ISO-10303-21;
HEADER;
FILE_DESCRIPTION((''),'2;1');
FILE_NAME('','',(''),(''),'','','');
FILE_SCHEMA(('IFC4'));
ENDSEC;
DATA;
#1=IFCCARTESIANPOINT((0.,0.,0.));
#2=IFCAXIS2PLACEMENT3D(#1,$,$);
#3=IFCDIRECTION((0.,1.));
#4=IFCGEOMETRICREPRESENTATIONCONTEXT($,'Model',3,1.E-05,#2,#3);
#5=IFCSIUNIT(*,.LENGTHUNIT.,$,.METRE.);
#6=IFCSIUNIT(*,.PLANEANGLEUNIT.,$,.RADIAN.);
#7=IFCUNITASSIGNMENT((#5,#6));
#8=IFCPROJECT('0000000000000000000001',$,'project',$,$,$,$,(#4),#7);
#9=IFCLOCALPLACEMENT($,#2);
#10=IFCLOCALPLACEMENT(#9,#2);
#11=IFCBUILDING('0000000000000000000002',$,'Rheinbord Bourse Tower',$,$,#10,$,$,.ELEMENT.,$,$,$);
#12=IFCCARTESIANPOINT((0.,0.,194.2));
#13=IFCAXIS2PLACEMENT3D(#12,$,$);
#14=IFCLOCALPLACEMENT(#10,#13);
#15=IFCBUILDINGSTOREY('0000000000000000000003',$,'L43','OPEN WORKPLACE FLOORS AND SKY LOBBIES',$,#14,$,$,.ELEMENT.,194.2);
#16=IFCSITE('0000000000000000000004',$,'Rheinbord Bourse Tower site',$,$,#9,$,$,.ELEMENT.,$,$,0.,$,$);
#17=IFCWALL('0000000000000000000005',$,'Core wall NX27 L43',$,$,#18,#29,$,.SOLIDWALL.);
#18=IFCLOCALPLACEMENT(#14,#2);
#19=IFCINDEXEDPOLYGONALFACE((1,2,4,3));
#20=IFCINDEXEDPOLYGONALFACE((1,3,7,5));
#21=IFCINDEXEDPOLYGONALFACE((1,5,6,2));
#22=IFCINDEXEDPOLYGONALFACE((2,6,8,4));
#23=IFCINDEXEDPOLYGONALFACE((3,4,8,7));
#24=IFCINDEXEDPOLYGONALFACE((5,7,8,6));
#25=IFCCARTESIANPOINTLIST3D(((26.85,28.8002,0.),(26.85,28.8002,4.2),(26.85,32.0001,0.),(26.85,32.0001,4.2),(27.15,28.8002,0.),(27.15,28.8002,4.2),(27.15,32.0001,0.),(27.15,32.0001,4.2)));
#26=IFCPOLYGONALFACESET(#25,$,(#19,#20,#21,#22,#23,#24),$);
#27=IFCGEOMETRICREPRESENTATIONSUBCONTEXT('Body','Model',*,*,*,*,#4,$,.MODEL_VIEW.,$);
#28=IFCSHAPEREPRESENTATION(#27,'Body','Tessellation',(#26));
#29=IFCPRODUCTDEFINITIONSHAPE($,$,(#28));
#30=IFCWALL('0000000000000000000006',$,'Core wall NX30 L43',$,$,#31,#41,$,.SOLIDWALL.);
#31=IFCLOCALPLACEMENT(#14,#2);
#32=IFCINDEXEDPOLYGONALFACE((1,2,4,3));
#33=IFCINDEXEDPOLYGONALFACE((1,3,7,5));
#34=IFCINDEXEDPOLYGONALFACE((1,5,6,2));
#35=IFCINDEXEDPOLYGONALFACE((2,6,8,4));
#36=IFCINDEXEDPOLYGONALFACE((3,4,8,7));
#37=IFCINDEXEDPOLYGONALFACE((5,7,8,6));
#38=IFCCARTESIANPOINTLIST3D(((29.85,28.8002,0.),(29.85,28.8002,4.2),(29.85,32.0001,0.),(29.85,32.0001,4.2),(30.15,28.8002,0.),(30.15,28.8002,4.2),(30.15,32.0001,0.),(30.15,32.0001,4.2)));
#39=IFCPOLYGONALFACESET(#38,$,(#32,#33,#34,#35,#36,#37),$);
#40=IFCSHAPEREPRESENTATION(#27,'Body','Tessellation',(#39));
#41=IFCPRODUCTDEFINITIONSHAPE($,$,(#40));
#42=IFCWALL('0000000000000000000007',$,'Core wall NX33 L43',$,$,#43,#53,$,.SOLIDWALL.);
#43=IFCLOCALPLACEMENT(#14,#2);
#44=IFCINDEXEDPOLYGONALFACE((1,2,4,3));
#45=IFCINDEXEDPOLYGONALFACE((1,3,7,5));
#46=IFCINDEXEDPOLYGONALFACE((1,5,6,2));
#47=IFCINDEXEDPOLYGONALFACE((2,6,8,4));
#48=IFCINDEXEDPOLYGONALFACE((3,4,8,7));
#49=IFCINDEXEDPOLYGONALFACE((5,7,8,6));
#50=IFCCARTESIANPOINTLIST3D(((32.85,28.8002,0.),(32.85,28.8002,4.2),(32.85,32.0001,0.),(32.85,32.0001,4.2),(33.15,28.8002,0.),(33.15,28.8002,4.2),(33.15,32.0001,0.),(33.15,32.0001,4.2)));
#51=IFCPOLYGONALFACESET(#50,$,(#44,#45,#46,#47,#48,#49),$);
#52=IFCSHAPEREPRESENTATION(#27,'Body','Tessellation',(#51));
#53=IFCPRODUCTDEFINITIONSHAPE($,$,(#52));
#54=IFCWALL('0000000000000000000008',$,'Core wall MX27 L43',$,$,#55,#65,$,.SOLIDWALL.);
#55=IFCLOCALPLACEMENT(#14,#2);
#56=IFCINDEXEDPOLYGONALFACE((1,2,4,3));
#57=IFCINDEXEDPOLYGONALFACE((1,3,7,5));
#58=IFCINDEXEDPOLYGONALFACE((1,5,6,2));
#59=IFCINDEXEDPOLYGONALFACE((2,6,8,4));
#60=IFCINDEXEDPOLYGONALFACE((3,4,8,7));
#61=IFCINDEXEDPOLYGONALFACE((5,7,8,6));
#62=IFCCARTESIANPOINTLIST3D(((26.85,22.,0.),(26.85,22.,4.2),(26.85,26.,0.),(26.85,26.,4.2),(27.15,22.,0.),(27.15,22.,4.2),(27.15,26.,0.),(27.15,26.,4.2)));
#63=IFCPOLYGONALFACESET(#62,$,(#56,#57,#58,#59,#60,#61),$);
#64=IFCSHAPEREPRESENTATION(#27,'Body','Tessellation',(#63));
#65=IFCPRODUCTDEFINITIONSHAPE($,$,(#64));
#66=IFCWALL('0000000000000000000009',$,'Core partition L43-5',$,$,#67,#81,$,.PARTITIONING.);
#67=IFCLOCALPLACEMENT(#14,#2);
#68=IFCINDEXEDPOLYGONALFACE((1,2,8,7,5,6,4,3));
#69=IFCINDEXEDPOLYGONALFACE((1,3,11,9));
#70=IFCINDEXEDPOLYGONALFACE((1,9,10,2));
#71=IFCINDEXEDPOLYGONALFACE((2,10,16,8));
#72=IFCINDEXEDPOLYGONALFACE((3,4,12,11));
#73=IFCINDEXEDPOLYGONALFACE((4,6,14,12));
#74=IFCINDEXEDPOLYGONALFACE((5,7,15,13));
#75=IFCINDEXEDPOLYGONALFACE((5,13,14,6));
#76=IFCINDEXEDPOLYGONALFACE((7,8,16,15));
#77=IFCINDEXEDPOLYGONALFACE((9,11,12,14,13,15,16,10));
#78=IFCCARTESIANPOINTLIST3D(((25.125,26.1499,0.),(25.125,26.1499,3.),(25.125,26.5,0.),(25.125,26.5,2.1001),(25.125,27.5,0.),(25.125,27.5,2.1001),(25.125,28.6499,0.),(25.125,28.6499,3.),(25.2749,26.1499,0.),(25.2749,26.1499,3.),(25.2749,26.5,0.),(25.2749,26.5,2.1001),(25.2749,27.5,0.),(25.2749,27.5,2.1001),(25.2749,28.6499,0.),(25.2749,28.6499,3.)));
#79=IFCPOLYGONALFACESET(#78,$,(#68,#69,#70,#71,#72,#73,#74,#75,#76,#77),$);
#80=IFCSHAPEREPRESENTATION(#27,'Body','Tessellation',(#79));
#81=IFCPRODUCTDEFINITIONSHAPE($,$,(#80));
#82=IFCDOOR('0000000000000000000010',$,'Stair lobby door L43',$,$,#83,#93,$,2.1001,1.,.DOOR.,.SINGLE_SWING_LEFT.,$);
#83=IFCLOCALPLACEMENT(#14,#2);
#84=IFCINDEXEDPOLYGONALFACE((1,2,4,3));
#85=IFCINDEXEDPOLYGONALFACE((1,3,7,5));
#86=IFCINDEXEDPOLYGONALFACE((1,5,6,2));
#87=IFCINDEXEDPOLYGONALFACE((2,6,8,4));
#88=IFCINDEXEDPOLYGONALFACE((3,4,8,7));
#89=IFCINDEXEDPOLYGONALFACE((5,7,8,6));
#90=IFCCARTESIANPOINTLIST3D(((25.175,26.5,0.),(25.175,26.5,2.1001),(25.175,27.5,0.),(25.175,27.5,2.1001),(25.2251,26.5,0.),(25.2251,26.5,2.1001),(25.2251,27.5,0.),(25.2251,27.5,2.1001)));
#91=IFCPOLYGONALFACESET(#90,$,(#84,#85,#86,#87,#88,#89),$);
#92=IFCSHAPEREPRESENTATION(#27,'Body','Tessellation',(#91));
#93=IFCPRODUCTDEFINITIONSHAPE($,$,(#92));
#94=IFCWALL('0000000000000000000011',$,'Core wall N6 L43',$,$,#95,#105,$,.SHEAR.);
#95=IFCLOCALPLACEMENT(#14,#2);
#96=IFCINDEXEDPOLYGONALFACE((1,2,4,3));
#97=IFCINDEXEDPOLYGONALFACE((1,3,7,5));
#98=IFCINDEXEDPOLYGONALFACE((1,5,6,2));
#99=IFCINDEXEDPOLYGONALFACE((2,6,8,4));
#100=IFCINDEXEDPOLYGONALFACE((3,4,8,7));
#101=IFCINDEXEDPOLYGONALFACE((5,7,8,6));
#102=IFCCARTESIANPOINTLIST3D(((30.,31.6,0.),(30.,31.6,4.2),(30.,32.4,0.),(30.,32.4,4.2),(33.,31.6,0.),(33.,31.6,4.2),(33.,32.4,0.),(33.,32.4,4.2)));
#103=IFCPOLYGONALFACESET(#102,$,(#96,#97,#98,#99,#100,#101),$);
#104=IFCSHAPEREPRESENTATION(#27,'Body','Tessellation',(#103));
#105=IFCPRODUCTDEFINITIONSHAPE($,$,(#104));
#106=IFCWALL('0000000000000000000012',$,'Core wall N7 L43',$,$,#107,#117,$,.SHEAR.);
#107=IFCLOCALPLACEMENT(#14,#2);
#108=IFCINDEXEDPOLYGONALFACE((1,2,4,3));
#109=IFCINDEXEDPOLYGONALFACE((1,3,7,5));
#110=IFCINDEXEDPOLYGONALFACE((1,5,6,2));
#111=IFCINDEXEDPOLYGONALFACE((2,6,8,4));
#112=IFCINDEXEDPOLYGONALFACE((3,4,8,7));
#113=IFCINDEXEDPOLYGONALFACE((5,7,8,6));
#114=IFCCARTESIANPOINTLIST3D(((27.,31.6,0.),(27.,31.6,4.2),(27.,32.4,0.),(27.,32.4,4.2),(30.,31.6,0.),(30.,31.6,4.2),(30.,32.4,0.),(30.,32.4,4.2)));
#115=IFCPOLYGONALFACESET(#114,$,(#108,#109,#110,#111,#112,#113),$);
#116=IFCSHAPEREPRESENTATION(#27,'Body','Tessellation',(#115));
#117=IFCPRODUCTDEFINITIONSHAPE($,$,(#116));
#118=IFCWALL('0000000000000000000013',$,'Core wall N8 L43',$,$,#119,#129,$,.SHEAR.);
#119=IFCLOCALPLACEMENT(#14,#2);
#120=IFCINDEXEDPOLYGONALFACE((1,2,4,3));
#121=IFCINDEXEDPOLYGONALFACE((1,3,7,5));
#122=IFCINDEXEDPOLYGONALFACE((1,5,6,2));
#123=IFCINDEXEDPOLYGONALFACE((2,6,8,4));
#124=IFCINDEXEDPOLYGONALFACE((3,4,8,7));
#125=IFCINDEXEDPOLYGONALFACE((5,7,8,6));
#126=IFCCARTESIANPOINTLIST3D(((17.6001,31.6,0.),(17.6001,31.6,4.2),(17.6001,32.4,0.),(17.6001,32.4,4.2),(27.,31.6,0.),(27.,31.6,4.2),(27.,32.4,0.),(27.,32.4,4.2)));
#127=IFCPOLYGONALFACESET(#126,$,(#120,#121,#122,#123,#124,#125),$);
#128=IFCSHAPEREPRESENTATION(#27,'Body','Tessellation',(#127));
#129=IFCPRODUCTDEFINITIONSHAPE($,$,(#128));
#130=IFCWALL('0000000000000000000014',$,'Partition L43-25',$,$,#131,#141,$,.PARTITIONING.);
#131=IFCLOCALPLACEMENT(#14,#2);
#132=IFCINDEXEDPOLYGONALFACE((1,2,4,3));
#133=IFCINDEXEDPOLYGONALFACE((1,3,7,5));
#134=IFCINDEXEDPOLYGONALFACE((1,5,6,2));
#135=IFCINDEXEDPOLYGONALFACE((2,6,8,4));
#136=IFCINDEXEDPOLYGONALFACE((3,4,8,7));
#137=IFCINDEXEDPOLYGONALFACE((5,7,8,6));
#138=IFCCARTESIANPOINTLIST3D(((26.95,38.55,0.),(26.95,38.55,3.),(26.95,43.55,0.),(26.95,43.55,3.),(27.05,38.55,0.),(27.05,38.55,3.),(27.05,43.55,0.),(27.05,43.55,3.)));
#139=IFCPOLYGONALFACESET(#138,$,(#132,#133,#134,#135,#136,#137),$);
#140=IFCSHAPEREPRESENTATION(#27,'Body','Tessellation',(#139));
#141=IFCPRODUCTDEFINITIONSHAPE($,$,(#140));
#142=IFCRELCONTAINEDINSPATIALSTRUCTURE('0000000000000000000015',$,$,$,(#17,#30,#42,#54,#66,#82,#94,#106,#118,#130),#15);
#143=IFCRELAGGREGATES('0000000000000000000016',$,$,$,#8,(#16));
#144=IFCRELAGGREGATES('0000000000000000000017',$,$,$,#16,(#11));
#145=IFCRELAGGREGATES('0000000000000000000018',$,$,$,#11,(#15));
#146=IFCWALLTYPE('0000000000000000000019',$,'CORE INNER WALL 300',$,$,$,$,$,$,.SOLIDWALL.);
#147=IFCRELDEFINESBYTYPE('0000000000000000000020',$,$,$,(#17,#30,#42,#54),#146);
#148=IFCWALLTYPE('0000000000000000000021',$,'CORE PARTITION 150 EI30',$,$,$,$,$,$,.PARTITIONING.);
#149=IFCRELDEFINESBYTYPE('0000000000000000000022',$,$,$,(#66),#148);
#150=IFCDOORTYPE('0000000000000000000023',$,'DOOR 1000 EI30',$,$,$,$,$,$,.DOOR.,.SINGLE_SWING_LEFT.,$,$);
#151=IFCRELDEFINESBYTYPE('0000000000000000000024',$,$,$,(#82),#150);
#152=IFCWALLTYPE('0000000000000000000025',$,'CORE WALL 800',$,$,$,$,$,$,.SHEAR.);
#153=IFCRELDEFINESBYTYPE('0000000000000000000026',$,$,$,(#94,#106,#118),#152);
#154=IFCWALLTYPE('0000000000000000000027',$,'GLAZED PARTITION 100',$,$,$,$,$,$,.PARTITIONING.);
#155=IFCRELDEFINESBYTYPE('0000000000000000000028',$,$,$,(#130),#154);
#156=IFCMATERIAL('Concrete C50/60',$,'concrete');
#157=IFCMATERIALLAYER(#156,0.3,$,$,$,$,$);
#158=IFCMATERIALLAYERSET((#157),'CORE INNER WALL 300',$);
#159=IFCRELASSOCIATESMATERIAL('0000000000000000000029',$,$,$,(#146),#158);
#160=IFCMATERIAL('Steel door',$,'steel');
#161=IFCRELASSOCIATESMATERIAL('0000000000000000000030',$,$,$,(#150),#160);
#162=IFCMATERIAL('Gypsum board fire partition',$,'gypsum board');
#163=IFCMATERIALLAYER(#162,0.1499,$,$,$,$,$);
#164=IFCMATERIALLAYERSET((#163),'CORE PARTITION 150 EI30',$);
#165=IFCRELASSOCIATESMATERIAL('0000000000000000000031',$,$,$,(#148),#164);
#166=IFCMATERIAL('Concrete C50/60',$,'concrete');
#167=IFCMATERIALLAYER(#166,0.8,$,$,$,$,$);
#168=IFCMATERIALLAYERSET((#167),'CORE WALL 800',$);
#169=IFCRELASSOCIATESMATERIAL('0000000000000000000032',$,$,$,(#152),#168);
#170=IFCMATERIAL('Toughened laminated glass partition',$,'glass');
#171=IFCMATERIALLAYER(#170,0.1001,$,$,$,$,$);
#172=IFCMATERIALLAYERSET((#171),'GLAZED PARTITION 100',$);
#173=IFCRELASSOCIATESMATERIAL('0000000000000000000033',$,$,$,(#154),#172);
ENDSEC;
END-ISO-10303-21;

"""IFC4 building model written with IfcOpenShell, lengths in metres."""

from ifc_helpers import new_model, si_unit, direction, frame, frame_2d, origin, place, context, subcontext, project, spatial, rectangle, extrude, material, layer, layer_set, type_object, element, fill, save


model = new_model("IFC4")

# Units and contexts
model_context = context("Model", 3, precision=1e-05, world=origin(), true_north=direction((0.0, 1.0)))
body_context = subcontext(model_context, "Body", "Model", "MODEL_VIEW")
ifc_project = project(units=[si_unit("LENGTHUNIT", "METRE"), si_unit("PLANEANGLEUNIT", "RADIAN")], contexts=[model_context])

# Site, building, storey
site_placement = place(None, origin())
site = spatial("IfcSite", under=ifc_project, at=site_placement, Name="Rheinbord Bourse Tower site", CompositionType="ELEMENT", RefElevation=0.0)
building_placement = place(site_placement, origin())
building = spatial("IfcBuilding", under=site, at=building_placement, Name="Rheinbord Bourse Tower", CompositionType="ELEMENT")
storey_placement = place(building_placement, frame((0.0, 0.0, 194.2)))
storey = spatial("IfcBuildingStorey", under=building, at=storey_placement, Name="L43", Description="OPEN WORKPLACE FLOORS AND SKY LOBBIES", CompositionType="ELEMENT", Elevation=194.2)

# Shared definitions
ifc_material_1 = material(Name="Concrete C50/60", Category="concrete")
ifc_layer_1 = layer(ifc_material_1, 0.3)
ifc_layer_set_1 = layer_set([ifc_layer_1], Name="CORE INNER WALL 300")
wall_type_1 = type_object("IfcWallType", Name="CORE INNER WALL 300", PredefinedType="SOLIDWALL", material=ifc_layer_set_1)
ifc_material_2 = material(Name="Steel door", Category="steel")
door_type_1 = type_object("IfcDoorType", Name="DOOR 1000 EI30", OperationType="SINGLE_SWING_LEFT", PredefinedType="DOOR", material=ifc_material_2)

# Walls
for number, where, z_axis, x_axis, name in (
    (1, (27.0, 28.8, 0.0), (0.0, 0.0, 1.0), (0.0, 1.0, 0.0), "Core wall NX27 L43"),
    (2, (30.0, 28.8, 0.0), (0.0, 0.0, 1.0), (0.0, 1.0, 0.0), "Core wall NX30 L43"),
    (3, (33.0, 28.8, 0.0), (0.0, 0.0, 1.0), (0.0, 1.0, 0.0), "Core wall NX33 L43"),
):
    element("IfcWall", number, at=place(storey_placement, frame(where, z_axis=z_axis, x_axis=x_axis)), inside=storey, type_object=wall_type_1, Name=name, PredefinedType="SOLIDWALL", context=body_context, shape_type="SweptSolid", body=[
        extrude(rectangle(XDim=3.2, YDim=0.3, at=frame_2d((1.6001, 0.0))), origin(), (0.0, 0.0, 1.0), 4.2),
    ])
wall_1_placement = place(storey_placement, frame((27.0, 22.0, 0.0), z_axis=(0.0, 0.0, 1.0), x_axis=(0.0, 1.0, 0.0)))
element("IfcWall", 4, at=wall_1_placement, inside=storey, type_object=wall_type_1, Name="Core wall MX27 L43", PredefinedType="SOLIDWALL", context=body_context, shape_type="SweptSolid", body=[
    extrude(rectangle(XDim=4.0, YDim=0.3, at=frame_2d((2.0, 0.0))), origin(), (0.0, 0.0, 1.0), 4.2),
])

# Wall, opening, door
ifc_material_3 = material(Name="Gypsum board fire partition", Category="gypsum board")
ifc_layer_2 = layer(ifc_material_3, 0.1499)
ifc_layer_set_2 = layer_set([ifc_layer_2], Name="CORE PARTITION 150 EI30")
wall_type_2 = type_object("IfcWallType", Name="CORE PARTITION 150 EI30", PredefinedType="PARTITIONING", material=ifc_layer_set_2)
wall_2_placement = place(storey_placement, frame((25.2, 26.1499, 0.0), z_axis=(0.0, 0.0, 1.0), x_axis=(0.0, 1.0, 0.0)))
wall_2 = element("IfcWall", 5, at=wall_2_placement, inside=storey, type_object=wall_type_2, Name="Core partition L43-5", PredefinedType="PARTITIONING", context=body_context, shape_type="SweptSolid", body=[
    extrude(rectangle(XDim=2.5, YDim=0.1499, at=frame_2d((1.25, 0.0))), origin(), (0.0, 0.0, 1.0), 3.0),
])
opening_1_placement = place(wall_2_placement, frame((0.3501, 0.0, 0.0)))
opening_1 = element("IfcOpeningElement", 6, at=opening_1_placement, cuts=wall_2, PredefinedType="OPENING", context=body_context, shape_type="SweptSolid", body=[
    extrude(rectangle(XDim=1.0, YDim=2.1001, at=frame_2d((0.5, 1.05))), frame((0.0, 0.085, 0.0), z_axis=(0.0, -1.0, 0.0), x_axis=(1.0, 0.0, 0.0)), (0.0, 0.0, 1.0), 0.1699),
])
door_1_placement = place(opening_1_placement, origin())
door_1 = element("IfcDoor", 7, at=door_1_placement, inside=storey, type_object=door_type_1, Name="Stair lobby door L43", OperationType="SINGLE_SWING_LEFT", OverallHeight=2.1001, OverallWidth=1.0, PredefinedType="DOOR", context=body_context, shape_type="SweptSolid", body=[
    extrude(rectangle(XDim=1.0, YDim=2.1001, at=frame_2d((0.5, 1.05))), frame((0.0, 0.0249, 0.0), z_axis=(0.0, -1.0, 0.0), x_axis=(1.0, 0.0, 0.0)), (0.0, 0.0, 1.0), 0.05),
])
fill(opening_1, door_1)

# Walls
ifc_material_4 = material(Name="Concrete C50/60", Category="concrete")
ifc_layer_3 = layer(ifc_material_4, 0.8)
ifc_layer_set_3 = layer_set([ifc_layer_3], Name="CORE WALL 800")
wall_type_3 = type_object("IfcWallType", Name="CORE WALL 800", PredefinedType="SHEAR", material=ifc_layer_set_3)
for number, where, z_axis, x_axis, name in (
    (8, (33.0, 32.0, 0.0), (0.0, 0.0, 1.0), (-1.0, 0.0, 0.0), "Core wall N6 L43"),
    (9, (30.0, 32.0, 0.0), (0.0, 0.0, 1.0), (-1.0, 0.0, 0.0), "Core wall N7 L43"),
):
    element("IfcWall", number, at=place(storey_placement, frame(where, z_axis=z_axis, x_axis=x_axis)), inside=storey, type_object=wall_type_3, Name=name, PredefinedType="SHEAR", context=body_context, shape_type="SweptSolid", body=[
        extrude(rectangle(XDim=3.0, YDim=0.8, at=frame_2d((1.5, 0.0))), origin(), (0.0, 0.0, 1.0), 4.2),
    ])
wall_3_placement = place(storey_placement, frame((27.0, 32.0, 0.0), z_axis=(0.0, 0.0, 1.0), x_axis=(-1.0, 0.0, 0.0)))
element("IfcWall", 10, at=wall_3_placement, inside=storey, type_object=wall_type_3, Name="Core wall N8 L43", PredefinedType="SHEAR", context=body_context, shape_type="SweptSolid", body=[
    extrude(rectangle(XDim=9.3999, YDim=0.8, at=frame_2d((4.7, 0.0))), origin(), (0.0, 0.0, 1.0), 4.2),
])
ifc_material_5 = material(Name="Toughened laminated glass partition", Category="glass")
ifc_layer_4 = layer(ifc_material_5, 0.1001)
ifc_layer_set_4 = layer_set([ifc_layer_4], Name="GLAZED PARTITION 100")
wall_type_4 = type_object("IfcWallType", Name="GLAZED PARTITION 100", PredefinedType="PARTITIONING", material=ifc_layer_set_4)
wall_4_placement = place(storey_placement, frame((27.0, 38.55, 0.0), z_axis=(0.0, 0.0, 1.0), x_axis=(0.0, 1.0, 0.0)))
element("IfcWall", 11, at=wall_4_placement, inside=storey, type_object=wall_type_4, Name="Partition L43-25", PredefinedType="PARTITIONING", context=body_context, shape_type="SweptSolid", body=[
    extrude(rectangle(XDim=5.0, YDim=0.1001, at=frame_2d((2.5, 0.0))), origin(), (0.0, 0.0, 1.0), 3.0),
])

save(model, "model.ifc")
